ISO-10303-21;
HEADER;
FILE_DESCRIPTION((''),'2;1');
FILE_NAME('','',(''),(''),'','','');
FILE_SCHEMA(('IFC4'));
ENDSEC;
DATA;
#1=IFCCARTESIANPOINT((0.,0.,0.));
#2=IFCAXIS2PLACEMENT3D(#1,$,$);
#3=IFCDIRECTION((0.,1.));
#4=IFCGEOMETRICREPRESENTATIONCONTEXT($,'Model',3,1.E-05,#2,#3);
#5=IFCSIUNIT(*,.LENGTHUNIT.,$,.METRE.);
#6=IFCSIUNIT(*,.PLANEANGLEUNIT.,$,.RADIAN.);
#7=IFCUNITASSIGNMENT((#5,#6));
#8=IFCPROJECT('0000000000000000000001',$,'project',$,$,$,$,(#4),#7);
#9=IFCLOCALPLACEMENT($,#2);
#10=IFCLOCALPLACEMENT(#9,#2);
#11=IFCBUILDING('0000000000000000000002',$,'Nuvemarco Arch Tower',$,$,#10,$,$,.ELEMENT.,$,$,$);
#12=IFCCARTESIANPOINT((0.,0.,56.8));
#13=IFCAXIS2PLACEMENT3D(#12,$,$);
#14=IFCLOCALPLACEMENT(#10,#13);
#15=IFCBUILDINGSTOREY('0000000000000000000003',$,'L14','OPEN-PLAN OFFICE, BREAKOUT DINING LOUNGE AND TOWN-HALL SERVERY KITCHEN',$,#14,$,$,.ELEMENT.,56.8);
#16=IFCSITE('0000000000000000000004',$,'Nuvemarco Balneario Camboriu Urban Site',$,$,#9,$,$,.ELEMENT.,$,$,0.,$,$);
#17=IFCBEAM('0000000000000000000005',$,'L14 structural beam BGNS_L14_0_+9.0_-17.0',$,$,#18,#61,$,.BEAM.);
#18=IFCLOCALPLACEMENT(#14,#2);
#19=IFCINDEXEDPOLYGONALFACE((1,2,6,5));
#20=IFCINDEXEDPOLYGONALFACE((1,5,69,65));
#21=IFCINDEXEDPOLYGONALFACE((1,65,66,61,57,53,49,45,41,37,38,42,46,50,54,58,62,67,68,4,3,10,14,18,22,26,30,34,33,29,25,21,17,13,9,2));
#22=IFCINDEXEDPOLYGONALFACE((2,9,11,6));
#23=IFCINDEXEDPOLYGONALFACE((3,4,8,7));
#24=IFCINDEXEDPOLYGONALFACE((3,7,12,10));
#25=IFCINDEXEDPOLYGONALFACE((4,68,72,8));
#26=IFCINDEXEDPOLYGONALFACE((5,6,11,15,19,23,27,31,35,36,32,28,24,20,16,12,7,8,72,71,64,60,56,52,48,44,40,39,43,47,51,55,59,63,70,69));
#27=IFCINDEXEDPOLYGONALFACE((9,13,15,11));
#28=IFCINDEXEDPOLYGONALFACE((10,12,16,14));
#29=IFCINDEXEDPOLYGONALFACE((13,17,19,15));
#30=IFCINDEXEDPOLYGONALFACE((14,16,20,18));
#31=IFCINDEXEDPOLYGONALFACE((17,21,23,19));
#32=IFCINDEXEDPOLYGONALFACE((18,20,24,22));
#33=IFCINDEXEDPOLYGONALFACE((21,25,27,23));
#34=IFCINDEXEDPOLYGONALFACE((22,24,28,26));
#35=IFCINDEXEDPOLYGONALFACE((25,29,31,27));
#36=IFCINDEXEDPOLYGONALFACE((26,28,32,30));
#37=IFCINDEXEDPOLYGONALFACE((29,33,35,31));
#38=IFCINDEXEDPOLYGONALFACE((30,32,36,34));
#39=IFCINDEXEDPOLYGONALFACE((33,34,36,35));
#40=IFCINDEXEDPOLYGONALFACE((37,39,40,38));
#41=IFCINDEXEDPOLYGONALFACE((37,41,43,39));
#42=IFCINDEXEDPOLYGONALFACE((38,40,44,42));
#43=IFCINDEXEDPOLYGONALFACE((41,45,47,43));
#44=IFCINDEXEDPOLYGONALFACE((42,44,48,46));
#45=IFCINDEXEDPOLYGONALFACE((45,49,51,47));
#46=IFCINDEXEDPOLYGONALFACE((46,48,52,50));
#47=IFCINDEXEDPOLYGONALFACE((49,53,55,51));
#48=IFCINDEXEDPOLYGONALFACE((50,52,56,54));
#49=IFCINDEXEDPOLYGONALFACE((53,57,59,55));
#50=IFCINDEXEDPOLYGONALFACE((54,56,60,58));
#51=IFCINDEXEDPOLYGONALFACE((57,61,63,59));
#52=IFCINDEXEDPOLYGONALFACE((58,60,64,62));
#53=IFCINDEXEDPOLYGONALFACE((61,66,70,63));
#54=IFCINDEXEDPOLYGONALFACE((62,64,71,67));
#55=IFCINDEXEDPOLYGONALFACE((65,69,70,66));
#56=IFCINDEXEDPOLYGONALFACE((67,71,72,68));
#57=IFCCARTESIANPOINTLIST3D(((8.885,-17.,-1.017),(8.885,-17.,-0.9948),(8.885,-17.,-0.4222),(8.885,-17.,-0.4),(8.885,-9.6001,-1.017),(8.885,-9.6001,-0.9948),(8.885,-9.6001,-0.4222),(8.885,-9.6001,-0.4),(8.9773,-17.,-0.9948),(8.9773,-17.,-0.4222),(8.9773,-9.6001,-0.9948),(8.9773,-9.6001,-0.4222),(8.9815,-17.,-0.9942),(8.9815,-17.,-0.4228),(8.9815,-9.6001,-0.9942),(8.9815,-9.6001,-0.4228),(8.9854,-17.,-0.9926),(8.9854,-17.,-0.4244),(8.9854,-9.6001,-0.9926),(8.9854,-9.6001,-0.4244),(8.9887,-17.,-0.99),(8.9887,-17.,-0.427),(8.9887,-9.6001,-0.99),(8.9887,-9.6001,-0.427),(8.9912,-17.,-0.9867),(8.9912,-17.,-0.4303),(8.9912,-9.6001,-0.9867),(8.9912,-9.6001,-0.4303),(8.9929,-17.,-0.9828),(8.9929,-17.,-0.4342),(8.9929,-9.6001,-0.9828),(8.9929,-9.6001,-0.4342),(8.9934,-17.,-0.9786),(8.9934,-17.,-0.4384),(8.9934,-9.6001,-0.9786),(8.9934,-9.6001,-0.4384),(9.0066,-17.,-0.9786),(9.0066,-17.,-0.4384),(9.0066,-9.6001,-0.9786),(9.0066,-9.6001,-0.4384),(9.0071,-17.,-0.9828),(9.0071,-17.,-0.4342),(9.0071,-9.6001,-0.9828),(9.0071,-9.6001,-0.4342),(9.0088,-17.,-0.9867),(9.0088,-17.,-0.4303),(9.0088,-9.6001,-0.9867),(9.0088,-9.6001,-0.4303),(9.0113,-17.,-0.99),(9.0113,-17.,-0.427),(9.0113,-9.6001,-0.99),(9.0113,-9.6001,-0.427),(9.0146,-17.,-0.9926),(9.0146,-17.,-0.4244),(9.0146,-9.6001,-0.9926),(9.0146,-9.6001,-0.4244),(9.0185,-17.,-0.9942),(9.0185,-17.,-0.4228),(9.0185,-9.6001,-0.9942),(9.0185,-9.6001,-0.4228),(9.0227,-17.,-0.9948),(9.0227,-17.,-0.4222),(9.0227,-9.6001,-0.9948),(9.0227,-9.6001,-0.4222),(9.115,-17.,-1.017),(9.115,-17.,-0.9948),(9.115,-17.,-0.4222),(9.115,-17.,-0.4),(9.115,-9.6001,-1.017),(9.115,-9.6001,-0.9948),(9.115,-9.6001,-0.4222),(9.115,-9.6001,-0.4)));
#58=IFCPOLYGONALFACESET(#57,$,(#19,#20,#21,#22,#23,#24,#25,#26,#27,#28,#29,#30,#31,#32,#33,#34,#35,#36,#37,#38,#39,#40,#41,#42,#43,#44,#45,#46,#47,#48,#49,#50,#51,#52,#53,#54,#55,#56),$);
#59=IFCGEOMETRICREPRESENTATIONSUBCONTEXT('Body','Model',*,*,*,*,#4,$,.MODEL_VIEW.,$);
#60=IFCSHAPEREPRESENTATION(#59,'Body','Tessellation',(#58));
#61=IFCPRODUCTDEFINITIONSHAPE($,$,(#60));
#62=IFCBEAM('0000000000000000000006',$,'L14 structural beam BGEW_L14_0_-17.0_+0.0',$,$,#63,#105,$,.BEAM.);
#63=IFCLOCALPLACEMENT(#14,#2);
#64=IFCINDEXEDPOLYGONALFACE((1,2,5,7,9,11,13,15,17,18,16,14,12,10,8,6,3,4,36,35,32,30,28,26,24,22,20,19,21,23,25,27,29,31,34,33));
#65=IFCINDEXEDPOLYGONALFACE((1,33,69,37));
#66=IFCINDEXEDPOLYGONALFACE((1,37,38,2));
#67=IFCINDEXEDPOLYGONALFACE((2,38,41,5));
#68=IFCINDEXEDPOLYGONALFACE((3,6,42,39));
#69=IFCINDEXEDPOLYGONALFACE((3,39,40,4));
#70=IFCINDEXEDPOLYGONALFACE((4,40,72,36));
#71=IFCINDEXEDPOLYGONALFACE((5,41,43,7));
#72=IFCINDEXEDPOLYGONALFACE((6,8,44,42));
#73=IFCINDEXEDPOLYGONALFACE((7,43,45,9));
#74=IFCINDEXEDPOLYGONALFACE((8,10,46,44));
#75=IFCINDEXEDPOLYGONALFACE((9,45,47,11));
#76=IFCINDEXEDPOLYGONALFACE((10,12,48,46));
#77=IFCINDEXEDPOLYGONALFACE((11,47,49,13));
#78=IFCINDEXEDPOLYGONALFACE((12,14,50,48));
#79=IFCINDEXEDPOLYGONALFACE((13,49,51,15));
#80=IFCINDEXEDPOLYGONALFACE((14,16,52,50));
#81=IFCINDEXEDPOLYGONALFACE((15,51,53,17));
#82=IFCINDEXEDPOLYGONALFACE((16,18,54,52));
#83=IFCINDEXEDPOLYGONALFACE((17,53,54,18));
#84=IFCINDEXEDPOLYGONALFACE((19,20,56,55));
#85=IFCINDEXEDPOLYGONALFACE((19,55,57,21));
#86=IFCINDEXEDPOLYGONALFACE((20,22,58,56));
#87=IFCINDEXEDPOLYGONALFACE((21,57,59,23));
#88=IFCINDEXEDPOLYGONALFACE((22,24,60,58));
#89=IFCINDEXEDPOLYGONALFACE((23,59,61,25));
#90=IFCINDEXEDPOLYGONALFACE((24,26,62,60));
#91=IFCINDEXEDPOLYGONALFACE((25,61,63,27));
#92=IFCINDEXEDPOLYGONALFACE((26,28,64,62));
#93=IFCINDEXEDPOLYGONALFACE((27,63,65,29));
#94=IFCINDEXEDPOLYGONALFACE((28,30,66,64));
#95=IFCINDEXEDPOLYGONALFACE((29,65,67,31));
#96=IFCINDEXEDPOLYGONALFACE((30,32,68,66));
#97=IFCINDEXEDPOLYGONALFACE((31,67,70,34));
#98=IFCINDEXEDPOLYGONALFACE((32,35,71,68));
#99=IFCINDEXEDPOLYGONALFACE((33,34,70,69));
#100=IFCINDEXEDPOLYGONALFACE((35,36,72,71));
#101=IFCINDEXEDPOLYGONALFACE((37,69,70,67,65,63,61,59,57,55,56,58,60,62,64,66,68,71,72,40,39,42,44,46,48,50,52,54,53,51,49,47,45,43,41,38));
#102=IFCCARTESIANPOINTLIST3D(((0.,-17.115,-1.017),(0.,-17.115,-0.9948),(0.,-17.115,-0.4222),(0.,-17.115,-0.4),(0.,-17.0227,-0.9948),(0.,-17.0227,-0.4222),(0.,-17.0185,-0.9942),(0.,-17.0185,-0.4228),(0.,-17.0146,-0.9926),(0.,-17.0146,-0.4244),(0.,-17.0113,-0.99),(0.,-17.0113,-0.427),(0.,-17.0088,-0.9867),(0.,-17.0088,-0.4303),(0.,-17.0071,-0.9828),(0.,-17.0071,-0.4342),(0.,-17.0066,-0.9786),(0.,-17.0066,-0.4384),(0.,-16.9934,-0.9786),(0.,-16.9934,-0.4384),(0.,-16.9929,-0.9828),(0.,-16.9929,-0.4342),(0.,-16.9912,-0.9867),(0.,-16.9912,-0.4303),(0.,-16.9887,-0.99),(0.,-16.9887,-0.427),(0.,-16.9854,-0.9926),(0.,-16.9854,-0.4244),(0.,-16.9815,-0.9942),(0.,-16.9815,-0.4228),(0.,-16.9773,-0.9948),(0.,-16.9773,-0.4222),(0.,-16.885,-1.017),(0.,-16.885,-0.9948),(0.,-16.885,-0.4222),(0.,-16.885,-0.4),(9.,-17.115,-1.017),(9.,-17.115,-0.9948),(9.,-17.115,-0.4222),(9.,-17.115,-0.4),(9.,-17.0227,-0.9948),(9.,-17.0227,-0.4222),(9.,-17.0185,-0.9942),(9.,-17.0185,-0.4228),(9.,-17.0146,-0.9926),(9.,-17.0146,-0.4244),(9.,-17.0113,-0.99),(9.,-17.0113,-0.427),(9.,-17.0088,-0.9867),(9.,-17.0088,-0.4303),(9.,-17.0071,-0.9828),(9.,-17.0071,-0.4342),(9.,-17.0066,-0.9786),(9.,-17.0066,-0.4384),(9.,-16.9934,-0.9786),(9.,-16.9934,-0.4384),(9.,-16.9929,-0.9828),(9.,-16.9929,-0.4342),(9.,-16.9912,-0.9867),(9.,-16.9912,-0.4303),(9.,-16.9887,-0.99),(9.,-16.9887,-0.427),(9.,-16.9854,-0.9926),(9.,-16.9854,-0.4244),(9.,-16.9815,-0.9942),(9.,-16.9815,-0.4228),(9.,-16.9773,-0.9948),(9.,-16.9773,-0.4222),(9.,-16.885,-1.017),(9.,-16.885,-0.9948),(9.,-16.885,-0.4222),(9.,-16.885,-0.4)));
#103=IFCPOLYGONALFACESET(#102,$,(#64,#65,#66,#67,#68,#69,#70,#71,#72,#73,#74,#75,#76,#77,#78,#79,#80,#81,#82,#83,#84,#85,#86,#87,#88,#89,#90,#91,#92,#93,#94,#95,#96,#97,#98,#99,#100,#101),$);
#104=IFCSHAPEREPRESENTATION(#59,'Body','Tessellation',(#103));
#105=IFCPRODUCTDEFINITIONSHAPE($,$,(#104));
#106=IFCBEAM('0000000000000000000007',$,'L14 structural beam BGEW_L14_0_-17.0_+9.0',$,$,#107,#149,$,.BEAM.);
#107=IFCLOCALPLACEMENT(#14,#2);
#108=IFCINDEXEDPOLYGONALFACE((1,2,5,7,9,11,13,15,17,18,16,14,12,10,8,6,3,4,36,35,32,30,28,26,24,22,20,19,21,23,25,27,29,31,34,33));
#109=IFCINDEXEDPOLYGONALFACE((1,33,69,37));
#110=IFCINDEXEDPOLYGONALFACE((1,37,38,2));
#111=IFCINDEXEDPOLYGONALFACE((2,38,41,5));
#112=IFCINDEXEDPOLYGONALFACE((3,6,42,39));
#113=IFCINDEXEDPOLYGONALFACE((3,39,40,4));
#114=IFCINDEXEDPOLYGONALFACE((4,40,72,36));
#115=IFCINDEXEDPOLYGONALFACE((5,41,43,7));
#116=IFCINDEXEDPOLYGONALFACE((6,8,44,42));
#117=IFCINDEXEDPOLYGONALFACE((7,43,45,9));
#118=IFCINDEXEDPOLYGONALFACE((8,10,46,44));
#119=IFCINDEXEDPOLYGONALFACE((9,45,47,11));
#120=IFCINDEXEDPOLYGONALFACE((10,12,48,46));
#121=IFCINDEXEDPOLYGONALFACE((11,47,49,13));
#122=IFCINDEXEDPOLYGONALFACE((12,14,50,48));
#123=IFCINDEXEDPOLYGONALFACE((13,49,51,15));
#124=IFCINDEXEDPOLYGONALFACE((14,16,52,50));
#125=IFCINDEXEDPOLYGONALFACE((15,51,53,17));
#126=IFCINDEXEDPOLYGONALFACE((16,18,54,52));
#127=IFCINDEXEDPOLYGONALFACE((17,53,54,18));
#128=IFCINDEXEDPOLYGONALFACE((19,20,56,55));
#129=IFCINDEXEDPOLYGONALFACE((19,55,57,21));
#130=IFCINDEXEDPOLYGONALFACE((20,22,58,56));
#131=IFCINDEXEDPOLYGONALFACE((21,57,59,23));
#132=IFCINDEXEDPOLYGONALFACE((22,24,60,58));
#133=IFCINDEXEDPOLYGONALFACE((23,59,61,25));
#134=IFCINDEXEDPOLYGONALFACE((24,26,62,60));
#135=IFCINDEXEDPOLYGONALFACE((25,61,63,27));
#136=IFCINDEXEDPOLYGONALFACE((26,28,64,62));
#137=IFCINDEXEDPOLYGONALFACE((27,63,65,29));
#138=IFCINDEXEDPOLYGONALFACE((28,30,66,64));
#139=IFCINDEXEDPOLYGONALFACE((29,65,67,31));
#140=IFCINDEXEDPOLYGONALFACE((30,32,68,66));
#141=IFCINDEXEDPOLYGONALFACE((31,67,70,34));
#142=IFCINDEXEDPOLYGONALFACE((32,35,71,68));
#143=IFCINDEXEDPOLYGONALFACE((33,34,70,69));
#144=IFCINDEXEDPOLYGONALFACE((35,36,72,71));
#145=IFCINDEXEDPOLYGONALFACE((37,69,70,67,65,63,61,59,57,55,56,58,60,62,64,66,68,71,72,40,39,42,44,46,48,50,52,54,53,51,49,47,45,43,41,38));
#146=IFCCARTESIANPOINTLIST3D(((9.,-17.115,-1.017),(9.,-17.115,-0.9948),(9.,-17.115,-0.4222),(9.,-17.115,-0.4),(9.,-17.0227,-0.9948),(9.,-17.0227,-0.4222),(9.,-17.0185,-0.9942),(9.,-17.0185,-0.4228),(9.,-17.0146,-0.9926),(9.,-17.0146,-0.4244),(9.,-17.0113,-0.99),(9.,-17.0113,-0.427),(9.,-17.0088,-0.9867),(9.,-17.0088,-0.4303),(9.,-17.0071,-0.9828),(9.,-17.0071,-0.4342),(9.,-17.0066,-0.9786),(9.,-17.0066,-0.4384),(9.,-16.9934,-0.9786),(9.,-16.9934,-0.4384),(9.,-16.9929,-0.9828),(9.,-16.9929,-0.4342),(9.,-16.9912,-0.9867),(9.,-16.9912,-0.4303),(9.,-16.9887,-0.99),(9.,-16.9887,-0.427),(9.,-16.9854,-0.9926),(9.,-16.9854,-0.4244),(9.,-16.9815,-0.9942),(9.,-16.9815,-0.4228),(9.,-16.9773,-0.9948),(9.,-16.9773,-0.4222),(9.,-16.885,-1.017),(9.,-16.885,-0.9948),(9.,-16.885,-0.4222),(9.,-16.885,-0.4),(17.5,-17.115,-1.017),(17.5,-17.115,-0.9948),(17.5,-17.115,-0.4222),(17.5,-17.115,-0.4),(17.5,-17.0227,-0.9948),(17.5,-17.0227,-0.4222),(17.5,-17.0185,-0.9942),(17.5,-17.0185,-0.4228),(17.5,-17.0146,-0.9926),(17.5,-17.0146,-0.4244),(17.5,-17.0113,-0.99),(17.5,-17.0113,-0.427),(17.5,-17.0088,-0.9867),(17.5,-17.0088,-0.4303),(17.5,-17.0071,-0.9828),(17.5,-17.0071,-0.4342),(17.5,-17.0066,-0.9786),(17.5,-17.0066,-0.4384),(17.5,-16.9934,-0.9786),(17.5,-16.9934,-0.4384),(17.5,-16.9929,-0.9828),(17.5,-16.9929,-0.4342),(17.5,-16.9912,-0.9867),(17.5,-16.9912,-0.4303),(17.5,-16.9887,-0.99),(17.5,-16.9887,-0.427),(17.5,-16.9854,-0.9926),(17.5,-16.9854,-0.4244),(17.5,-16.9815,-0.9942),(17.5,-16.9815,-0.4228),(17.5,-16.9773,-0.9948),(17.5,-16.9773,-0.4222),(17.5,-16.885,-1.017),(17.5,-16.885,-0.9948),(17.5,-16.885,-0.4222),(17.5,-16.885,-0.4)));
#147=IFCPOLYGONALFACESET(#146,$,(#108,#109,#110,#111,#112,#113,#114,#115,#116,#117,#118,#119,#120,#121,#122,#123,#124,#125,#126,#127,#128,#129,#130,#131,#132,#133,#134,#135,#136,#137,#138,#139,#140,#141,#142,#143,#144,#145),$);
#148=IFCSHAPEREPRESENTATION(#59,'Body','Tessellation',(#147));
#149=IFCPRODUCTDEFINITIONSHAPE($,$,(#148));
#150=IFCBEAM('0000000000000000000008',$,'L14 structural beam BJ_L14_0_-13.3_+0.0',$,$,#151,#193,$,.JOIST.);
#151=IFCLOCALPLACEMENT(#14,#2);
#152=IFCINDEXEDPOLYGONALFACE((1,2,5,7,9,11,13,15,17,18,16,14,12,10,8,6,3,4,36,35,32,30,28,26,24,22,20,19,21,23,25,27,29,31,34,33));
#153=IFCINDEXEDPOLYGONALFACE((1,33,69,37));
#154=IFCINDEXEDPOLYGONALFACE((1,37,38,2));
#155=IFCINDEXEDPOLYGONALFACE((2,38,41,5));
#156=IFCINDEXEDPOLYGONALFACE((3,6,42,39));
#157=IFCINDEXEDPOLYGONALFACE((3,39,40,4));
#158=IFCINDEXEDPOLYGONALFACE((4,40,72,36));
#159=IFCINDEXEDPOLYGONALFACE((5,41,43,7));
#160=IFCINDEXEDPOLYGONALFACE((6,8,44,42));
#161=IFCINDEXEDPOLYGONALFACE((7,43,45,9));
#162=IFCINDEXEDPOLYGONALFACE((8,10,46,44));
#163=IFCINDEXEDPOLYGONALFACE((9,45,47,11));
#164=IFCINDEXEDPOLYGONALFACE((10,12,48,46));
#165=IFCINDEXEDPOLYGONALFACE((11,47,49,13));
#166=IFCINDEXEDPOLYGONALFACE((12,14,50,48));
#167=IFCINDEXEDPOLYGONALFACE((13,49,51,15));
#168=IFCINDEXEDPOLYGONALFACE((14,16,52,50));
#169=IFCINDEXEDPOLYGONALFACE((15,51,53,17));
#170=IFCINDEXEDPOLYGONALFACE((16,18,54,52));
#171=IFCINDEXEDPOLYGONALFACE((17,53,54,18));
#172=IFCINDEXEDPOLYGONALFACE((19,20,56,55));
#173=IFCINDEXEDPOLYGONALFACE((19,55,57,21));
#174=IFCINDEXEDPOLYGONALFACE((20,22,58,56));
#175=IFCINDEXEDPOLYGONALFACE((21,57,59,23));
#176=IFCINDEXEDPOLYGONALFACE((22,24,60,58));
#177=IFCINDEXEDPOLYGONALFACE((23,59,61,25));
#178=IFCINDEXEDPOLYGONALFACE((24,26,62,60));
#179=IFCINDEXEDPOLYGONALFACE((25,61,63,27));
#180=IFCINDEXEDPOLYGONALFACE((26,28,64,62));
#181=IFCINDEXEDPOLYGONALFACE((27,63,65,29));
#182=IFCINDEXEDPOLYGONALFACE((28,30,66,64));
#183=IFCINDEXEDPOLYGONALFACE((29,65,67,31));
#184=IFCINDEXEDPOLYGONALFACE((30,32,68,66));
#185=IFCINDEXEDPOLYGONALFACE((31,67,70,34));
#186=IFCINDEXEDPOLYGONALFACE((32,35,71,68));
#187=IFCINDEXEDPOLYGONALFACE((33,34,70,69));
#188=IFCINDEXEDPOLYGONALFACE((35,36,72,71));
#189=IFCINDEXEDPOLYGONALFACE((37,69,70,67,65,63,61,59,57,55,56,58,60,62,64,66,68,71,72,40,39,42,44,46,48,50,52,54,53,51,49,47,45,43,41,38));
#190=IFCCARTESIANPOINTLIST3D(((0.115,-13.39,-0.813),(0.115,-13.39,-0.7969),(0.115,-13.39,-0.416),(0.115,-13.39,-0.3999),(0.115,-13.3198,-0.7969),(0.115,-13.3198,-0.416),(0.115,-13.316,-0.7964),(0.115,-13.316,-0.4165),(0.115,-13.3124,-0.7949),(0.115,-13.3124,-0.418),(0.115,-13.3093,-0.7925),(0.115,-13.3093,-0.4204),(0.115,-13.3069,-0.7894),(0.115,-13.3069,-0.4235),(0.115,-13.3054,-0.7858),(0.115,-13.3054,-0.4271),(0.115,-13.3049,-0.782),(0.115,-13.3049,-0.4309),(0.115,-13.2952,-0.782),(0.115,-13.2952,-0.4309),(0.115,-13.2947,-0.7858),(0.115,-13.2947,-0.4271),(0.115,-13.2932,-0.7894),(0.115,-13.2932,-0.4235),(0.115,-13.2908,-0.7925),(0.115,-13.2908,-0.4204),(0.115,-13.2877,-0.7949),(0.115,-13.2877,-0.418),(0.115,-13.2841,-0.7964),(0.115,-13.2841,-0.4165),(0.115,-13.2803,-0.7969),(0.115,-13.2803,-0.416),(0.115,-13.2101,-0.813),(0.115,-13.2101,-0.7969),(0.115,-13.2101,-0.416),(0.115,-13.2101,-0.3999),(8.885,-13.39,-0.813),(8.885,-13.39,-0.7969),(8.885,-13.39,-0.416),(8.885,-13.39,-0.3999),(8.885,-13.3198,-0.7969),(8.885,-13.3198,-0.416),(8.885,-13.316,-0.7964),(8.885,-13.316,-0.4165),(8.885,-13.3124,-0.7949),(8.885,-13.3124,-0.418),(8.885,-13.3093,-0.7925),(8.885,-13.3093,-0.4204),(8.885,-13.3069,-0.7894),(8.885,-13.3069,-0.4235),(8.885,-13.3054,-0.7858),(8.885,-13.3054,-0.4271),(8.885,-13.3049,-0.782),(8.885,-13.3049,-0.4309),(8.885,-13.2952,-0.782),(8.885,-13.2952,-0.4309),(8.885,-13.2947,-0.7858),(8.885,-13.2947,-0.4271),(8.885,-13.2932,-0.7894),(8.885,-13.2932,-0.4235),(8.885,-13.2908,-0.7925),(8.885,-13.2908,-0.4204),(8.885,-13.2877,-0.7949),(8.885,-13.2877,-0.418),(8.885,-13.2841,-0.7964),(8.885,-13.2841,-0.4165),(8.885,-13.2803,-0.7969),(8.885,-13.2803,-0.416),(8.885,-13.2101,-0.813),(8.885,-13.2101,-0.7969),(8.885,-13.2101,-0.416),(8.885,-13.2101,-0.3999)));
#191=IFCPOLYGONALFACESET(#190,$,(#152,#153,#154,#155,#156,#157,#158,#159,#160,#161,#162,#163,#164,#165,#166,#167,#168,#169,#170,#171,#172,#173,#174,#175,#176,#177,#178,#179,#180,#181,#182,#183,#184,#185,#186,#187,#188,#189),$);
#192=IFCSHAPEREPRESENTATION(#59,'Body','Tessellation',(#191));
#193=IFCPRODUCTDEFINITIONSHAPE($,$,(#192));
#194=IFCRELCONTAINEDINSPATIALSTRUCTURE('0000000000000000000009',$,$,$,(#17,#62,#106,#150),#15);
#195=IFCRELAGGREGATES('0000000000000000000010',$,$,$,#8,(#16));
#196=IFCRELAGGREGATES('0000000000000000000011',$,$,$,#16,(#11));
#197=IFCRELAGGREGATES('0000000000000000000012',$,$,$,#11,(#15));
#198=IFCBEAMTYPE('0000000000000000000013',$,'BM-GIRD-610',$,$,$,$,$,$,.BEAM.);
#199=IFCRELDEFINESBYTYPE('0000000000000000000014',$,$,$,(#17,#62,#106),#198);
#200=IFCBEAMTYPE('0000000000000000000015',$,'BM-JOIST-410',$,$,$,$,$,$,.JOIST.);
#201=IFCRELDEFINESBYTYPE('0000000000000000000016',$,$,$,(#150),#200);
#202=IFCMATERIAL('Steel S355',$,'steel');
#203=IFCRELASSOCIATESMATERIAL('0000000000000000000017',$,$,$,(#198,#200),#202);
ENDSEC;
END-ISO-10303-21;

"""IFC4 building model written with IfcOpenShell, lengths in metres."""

from ifc_helpers import new_model, si_unit, direction, frame, origin, origin_2d, place, context, subcontext, project, spatial, i_section, extrude, material, material_profile, profile_set, type_object, element, save


model = new_model("IFC4")

# Units and contexts
model_context = context("Model", 3, precision=1e-05, world=origin(), true_north=direction((0.0, 1.0)))
body_context = subcontext(model_context, "Body", "Model", "MODEL_VIEW")
ifc_project = project(units=[si_unit("LENGTHUNIT", "METRE"), si_unit("PLANEANGLEUNIT", "RADIAN")], contexts=[model_context])

# Site, building, storey
site_placement = place(None, origin())
site = spatial("IfcSite", under=ifc_project, at=site_placement, Name="Nuvemarco Balneario Camboriu Urban Site", CompositionType="ELEMENT", RefElevation=0.0)
building_placement = place(site_placement, origin())
building = spatial("IfcBuilding", under=site, at=building_placement, Name="Nuvemarco Arch Tower", CompositionType="ELEMENT")
storey_placement = place(building_placement, frame((0.0, 0.0, 56.8)))
storey = spatial("IfcBuildingStorey", under=building, at=storey_placement, Name="L14", Description="OPEN-PLAN OFFICE, BREAKOUT DINING LOUNGE AND TOWN-HALL SERVERY KITCHEN", CompositionType="ELEMENT", Elevation=56.8)

# Shared definitions
ifc_material_1 = material(Name="Steel S355", Category="steel")

# Beams
ifc_material_profile_1 = material_profile(ifc_material_1, i_section(OverallWidth=0.23, OverallDepth=0.6169, WebThickness=0.0132, FlangeThickness=0.0222, FilletRadius=0.0161, at=origin_2d()), Name="W610x140")
ifc_profile_set_1 = profile_set([ifc_material_profile_1], Name="Steel S355")
beam_type_1 = type_object("IfcBeamType", Name="BM-GIRD-610", PredefinedType="BEAM", material=ifc_profile_set_1)
beam_1_placement = place(storey_placement, frame((9.0, -17.0, -0.7085), z_axis=(0.0, 1.0, 0.0), x_axis=(-1.0, 0.0, 0.0)))
element("IfcBeam", 1, at=beam_1_placement, inside=storey, type_object=beam_type_1, Name="L14 structural beam BGNS_L14_0_+9.0_-17.0", PredefinedType="BEAM", context=body_context, shape_type="SweptSolid", body=[
    extrude(i_section(OverallWidth=0.23, OverallDepth=0.6169, WebThickness=0.0132, FlangeThickness=0.0222, FilletRadius=0.0161, at=origin_2d()), origin(), (0.0, 0.0, 1.0), 7.3999),
])
beam_2_placement = place(storey_placement, frame((0.0, -17.0, -0.7085), z_axis=(1.0, 0.0, 0.0), x_axis=(0.0, 1.0, 0.0)))
element("IfcBeam", 2, at=beam_2_placement, inside=storey, type_object=beam_type_1, Name="L14 structural beam BGEW_L14_0_-17.0_+0.0", PredefinedType="BEAM", context=body_context, shape_type="SweptSolid", body=[
    extrude(i_section(OverallWidth=0.23, OverallDepth=0.6169, WebThickness=0.0132, FlangeThickness=0.0222, FilletRadius=0.0161, at=origin_2d()), origin(), (0.0, 0.0, 1.0), 9.0),
])
beam_3_placement = place(storey_placement, frame((9.0, -17.0, -0.7085), z_axis=(1.0, 0.0, 0.0), x_axis=(0.0, 1.0, 0.0)))
element("IfcBeam", 3, at=beam_3_placement, inside=storey, type_object=beam_type_1, Name="L14 structural beam BGEW_L14_0_-17.0_+9.0", PredefinedType="BEAM", context=body_context, shape_type="SweptSolid", body=[
    extrude(i_section(OverallWidth=0.23, OverallDepth=0.6169, WebThickness=0.0132, FlangeThickness=0.0222, FilletRadius=0.0161, at=origin_2d()), origin(), (0.0, 0.0, 1.0), 8.5),
])
ifc_material_profile_2 = material_profile(ifc_material_1, i_section(OverallWidth=0.1799, OverallDepth=0.4131, WebThickness=0.0098, FlangeThickness=0.0161, FilletRadius=0.0149, at=origin_2d()), Name="W410x75")
ifc_profile_set_2 = profile_set([ifc_material_profile_2], Name="Steel S355")
beam_type_2 = type_object("IfcBeamType", Name="BM-JOIST-410", PredefinedType="JOIST", material=ifc_profile_set_2)
beam_4_placement = place(storey_placement, frame((0.115, -13.3, -0.6064), z_axis=(1.0, 0.0, 0.0), x_axis=(0.0, 1.0, 0.0)))
element("IfcBeam", 4, at=beam_4_placement, inside=storey, type_object=beam_type_2, Name="L14 structural beam BJ_L14_0_-13.3_+0.0", PredefinedType="JOIST", context=body_context, shape_type="SweptSolid", body=[
    extrude(i_section(OverallWidth=0.1799, OverallDepth=0.4131, WebThickness=0.0098, FlangeThickness=0.0161, FilletRadius=0.0149, at=origin_2d()), origin(), (0.0, 0.0, 1.0), 8.77),
])

save(model, "model.ifc")
